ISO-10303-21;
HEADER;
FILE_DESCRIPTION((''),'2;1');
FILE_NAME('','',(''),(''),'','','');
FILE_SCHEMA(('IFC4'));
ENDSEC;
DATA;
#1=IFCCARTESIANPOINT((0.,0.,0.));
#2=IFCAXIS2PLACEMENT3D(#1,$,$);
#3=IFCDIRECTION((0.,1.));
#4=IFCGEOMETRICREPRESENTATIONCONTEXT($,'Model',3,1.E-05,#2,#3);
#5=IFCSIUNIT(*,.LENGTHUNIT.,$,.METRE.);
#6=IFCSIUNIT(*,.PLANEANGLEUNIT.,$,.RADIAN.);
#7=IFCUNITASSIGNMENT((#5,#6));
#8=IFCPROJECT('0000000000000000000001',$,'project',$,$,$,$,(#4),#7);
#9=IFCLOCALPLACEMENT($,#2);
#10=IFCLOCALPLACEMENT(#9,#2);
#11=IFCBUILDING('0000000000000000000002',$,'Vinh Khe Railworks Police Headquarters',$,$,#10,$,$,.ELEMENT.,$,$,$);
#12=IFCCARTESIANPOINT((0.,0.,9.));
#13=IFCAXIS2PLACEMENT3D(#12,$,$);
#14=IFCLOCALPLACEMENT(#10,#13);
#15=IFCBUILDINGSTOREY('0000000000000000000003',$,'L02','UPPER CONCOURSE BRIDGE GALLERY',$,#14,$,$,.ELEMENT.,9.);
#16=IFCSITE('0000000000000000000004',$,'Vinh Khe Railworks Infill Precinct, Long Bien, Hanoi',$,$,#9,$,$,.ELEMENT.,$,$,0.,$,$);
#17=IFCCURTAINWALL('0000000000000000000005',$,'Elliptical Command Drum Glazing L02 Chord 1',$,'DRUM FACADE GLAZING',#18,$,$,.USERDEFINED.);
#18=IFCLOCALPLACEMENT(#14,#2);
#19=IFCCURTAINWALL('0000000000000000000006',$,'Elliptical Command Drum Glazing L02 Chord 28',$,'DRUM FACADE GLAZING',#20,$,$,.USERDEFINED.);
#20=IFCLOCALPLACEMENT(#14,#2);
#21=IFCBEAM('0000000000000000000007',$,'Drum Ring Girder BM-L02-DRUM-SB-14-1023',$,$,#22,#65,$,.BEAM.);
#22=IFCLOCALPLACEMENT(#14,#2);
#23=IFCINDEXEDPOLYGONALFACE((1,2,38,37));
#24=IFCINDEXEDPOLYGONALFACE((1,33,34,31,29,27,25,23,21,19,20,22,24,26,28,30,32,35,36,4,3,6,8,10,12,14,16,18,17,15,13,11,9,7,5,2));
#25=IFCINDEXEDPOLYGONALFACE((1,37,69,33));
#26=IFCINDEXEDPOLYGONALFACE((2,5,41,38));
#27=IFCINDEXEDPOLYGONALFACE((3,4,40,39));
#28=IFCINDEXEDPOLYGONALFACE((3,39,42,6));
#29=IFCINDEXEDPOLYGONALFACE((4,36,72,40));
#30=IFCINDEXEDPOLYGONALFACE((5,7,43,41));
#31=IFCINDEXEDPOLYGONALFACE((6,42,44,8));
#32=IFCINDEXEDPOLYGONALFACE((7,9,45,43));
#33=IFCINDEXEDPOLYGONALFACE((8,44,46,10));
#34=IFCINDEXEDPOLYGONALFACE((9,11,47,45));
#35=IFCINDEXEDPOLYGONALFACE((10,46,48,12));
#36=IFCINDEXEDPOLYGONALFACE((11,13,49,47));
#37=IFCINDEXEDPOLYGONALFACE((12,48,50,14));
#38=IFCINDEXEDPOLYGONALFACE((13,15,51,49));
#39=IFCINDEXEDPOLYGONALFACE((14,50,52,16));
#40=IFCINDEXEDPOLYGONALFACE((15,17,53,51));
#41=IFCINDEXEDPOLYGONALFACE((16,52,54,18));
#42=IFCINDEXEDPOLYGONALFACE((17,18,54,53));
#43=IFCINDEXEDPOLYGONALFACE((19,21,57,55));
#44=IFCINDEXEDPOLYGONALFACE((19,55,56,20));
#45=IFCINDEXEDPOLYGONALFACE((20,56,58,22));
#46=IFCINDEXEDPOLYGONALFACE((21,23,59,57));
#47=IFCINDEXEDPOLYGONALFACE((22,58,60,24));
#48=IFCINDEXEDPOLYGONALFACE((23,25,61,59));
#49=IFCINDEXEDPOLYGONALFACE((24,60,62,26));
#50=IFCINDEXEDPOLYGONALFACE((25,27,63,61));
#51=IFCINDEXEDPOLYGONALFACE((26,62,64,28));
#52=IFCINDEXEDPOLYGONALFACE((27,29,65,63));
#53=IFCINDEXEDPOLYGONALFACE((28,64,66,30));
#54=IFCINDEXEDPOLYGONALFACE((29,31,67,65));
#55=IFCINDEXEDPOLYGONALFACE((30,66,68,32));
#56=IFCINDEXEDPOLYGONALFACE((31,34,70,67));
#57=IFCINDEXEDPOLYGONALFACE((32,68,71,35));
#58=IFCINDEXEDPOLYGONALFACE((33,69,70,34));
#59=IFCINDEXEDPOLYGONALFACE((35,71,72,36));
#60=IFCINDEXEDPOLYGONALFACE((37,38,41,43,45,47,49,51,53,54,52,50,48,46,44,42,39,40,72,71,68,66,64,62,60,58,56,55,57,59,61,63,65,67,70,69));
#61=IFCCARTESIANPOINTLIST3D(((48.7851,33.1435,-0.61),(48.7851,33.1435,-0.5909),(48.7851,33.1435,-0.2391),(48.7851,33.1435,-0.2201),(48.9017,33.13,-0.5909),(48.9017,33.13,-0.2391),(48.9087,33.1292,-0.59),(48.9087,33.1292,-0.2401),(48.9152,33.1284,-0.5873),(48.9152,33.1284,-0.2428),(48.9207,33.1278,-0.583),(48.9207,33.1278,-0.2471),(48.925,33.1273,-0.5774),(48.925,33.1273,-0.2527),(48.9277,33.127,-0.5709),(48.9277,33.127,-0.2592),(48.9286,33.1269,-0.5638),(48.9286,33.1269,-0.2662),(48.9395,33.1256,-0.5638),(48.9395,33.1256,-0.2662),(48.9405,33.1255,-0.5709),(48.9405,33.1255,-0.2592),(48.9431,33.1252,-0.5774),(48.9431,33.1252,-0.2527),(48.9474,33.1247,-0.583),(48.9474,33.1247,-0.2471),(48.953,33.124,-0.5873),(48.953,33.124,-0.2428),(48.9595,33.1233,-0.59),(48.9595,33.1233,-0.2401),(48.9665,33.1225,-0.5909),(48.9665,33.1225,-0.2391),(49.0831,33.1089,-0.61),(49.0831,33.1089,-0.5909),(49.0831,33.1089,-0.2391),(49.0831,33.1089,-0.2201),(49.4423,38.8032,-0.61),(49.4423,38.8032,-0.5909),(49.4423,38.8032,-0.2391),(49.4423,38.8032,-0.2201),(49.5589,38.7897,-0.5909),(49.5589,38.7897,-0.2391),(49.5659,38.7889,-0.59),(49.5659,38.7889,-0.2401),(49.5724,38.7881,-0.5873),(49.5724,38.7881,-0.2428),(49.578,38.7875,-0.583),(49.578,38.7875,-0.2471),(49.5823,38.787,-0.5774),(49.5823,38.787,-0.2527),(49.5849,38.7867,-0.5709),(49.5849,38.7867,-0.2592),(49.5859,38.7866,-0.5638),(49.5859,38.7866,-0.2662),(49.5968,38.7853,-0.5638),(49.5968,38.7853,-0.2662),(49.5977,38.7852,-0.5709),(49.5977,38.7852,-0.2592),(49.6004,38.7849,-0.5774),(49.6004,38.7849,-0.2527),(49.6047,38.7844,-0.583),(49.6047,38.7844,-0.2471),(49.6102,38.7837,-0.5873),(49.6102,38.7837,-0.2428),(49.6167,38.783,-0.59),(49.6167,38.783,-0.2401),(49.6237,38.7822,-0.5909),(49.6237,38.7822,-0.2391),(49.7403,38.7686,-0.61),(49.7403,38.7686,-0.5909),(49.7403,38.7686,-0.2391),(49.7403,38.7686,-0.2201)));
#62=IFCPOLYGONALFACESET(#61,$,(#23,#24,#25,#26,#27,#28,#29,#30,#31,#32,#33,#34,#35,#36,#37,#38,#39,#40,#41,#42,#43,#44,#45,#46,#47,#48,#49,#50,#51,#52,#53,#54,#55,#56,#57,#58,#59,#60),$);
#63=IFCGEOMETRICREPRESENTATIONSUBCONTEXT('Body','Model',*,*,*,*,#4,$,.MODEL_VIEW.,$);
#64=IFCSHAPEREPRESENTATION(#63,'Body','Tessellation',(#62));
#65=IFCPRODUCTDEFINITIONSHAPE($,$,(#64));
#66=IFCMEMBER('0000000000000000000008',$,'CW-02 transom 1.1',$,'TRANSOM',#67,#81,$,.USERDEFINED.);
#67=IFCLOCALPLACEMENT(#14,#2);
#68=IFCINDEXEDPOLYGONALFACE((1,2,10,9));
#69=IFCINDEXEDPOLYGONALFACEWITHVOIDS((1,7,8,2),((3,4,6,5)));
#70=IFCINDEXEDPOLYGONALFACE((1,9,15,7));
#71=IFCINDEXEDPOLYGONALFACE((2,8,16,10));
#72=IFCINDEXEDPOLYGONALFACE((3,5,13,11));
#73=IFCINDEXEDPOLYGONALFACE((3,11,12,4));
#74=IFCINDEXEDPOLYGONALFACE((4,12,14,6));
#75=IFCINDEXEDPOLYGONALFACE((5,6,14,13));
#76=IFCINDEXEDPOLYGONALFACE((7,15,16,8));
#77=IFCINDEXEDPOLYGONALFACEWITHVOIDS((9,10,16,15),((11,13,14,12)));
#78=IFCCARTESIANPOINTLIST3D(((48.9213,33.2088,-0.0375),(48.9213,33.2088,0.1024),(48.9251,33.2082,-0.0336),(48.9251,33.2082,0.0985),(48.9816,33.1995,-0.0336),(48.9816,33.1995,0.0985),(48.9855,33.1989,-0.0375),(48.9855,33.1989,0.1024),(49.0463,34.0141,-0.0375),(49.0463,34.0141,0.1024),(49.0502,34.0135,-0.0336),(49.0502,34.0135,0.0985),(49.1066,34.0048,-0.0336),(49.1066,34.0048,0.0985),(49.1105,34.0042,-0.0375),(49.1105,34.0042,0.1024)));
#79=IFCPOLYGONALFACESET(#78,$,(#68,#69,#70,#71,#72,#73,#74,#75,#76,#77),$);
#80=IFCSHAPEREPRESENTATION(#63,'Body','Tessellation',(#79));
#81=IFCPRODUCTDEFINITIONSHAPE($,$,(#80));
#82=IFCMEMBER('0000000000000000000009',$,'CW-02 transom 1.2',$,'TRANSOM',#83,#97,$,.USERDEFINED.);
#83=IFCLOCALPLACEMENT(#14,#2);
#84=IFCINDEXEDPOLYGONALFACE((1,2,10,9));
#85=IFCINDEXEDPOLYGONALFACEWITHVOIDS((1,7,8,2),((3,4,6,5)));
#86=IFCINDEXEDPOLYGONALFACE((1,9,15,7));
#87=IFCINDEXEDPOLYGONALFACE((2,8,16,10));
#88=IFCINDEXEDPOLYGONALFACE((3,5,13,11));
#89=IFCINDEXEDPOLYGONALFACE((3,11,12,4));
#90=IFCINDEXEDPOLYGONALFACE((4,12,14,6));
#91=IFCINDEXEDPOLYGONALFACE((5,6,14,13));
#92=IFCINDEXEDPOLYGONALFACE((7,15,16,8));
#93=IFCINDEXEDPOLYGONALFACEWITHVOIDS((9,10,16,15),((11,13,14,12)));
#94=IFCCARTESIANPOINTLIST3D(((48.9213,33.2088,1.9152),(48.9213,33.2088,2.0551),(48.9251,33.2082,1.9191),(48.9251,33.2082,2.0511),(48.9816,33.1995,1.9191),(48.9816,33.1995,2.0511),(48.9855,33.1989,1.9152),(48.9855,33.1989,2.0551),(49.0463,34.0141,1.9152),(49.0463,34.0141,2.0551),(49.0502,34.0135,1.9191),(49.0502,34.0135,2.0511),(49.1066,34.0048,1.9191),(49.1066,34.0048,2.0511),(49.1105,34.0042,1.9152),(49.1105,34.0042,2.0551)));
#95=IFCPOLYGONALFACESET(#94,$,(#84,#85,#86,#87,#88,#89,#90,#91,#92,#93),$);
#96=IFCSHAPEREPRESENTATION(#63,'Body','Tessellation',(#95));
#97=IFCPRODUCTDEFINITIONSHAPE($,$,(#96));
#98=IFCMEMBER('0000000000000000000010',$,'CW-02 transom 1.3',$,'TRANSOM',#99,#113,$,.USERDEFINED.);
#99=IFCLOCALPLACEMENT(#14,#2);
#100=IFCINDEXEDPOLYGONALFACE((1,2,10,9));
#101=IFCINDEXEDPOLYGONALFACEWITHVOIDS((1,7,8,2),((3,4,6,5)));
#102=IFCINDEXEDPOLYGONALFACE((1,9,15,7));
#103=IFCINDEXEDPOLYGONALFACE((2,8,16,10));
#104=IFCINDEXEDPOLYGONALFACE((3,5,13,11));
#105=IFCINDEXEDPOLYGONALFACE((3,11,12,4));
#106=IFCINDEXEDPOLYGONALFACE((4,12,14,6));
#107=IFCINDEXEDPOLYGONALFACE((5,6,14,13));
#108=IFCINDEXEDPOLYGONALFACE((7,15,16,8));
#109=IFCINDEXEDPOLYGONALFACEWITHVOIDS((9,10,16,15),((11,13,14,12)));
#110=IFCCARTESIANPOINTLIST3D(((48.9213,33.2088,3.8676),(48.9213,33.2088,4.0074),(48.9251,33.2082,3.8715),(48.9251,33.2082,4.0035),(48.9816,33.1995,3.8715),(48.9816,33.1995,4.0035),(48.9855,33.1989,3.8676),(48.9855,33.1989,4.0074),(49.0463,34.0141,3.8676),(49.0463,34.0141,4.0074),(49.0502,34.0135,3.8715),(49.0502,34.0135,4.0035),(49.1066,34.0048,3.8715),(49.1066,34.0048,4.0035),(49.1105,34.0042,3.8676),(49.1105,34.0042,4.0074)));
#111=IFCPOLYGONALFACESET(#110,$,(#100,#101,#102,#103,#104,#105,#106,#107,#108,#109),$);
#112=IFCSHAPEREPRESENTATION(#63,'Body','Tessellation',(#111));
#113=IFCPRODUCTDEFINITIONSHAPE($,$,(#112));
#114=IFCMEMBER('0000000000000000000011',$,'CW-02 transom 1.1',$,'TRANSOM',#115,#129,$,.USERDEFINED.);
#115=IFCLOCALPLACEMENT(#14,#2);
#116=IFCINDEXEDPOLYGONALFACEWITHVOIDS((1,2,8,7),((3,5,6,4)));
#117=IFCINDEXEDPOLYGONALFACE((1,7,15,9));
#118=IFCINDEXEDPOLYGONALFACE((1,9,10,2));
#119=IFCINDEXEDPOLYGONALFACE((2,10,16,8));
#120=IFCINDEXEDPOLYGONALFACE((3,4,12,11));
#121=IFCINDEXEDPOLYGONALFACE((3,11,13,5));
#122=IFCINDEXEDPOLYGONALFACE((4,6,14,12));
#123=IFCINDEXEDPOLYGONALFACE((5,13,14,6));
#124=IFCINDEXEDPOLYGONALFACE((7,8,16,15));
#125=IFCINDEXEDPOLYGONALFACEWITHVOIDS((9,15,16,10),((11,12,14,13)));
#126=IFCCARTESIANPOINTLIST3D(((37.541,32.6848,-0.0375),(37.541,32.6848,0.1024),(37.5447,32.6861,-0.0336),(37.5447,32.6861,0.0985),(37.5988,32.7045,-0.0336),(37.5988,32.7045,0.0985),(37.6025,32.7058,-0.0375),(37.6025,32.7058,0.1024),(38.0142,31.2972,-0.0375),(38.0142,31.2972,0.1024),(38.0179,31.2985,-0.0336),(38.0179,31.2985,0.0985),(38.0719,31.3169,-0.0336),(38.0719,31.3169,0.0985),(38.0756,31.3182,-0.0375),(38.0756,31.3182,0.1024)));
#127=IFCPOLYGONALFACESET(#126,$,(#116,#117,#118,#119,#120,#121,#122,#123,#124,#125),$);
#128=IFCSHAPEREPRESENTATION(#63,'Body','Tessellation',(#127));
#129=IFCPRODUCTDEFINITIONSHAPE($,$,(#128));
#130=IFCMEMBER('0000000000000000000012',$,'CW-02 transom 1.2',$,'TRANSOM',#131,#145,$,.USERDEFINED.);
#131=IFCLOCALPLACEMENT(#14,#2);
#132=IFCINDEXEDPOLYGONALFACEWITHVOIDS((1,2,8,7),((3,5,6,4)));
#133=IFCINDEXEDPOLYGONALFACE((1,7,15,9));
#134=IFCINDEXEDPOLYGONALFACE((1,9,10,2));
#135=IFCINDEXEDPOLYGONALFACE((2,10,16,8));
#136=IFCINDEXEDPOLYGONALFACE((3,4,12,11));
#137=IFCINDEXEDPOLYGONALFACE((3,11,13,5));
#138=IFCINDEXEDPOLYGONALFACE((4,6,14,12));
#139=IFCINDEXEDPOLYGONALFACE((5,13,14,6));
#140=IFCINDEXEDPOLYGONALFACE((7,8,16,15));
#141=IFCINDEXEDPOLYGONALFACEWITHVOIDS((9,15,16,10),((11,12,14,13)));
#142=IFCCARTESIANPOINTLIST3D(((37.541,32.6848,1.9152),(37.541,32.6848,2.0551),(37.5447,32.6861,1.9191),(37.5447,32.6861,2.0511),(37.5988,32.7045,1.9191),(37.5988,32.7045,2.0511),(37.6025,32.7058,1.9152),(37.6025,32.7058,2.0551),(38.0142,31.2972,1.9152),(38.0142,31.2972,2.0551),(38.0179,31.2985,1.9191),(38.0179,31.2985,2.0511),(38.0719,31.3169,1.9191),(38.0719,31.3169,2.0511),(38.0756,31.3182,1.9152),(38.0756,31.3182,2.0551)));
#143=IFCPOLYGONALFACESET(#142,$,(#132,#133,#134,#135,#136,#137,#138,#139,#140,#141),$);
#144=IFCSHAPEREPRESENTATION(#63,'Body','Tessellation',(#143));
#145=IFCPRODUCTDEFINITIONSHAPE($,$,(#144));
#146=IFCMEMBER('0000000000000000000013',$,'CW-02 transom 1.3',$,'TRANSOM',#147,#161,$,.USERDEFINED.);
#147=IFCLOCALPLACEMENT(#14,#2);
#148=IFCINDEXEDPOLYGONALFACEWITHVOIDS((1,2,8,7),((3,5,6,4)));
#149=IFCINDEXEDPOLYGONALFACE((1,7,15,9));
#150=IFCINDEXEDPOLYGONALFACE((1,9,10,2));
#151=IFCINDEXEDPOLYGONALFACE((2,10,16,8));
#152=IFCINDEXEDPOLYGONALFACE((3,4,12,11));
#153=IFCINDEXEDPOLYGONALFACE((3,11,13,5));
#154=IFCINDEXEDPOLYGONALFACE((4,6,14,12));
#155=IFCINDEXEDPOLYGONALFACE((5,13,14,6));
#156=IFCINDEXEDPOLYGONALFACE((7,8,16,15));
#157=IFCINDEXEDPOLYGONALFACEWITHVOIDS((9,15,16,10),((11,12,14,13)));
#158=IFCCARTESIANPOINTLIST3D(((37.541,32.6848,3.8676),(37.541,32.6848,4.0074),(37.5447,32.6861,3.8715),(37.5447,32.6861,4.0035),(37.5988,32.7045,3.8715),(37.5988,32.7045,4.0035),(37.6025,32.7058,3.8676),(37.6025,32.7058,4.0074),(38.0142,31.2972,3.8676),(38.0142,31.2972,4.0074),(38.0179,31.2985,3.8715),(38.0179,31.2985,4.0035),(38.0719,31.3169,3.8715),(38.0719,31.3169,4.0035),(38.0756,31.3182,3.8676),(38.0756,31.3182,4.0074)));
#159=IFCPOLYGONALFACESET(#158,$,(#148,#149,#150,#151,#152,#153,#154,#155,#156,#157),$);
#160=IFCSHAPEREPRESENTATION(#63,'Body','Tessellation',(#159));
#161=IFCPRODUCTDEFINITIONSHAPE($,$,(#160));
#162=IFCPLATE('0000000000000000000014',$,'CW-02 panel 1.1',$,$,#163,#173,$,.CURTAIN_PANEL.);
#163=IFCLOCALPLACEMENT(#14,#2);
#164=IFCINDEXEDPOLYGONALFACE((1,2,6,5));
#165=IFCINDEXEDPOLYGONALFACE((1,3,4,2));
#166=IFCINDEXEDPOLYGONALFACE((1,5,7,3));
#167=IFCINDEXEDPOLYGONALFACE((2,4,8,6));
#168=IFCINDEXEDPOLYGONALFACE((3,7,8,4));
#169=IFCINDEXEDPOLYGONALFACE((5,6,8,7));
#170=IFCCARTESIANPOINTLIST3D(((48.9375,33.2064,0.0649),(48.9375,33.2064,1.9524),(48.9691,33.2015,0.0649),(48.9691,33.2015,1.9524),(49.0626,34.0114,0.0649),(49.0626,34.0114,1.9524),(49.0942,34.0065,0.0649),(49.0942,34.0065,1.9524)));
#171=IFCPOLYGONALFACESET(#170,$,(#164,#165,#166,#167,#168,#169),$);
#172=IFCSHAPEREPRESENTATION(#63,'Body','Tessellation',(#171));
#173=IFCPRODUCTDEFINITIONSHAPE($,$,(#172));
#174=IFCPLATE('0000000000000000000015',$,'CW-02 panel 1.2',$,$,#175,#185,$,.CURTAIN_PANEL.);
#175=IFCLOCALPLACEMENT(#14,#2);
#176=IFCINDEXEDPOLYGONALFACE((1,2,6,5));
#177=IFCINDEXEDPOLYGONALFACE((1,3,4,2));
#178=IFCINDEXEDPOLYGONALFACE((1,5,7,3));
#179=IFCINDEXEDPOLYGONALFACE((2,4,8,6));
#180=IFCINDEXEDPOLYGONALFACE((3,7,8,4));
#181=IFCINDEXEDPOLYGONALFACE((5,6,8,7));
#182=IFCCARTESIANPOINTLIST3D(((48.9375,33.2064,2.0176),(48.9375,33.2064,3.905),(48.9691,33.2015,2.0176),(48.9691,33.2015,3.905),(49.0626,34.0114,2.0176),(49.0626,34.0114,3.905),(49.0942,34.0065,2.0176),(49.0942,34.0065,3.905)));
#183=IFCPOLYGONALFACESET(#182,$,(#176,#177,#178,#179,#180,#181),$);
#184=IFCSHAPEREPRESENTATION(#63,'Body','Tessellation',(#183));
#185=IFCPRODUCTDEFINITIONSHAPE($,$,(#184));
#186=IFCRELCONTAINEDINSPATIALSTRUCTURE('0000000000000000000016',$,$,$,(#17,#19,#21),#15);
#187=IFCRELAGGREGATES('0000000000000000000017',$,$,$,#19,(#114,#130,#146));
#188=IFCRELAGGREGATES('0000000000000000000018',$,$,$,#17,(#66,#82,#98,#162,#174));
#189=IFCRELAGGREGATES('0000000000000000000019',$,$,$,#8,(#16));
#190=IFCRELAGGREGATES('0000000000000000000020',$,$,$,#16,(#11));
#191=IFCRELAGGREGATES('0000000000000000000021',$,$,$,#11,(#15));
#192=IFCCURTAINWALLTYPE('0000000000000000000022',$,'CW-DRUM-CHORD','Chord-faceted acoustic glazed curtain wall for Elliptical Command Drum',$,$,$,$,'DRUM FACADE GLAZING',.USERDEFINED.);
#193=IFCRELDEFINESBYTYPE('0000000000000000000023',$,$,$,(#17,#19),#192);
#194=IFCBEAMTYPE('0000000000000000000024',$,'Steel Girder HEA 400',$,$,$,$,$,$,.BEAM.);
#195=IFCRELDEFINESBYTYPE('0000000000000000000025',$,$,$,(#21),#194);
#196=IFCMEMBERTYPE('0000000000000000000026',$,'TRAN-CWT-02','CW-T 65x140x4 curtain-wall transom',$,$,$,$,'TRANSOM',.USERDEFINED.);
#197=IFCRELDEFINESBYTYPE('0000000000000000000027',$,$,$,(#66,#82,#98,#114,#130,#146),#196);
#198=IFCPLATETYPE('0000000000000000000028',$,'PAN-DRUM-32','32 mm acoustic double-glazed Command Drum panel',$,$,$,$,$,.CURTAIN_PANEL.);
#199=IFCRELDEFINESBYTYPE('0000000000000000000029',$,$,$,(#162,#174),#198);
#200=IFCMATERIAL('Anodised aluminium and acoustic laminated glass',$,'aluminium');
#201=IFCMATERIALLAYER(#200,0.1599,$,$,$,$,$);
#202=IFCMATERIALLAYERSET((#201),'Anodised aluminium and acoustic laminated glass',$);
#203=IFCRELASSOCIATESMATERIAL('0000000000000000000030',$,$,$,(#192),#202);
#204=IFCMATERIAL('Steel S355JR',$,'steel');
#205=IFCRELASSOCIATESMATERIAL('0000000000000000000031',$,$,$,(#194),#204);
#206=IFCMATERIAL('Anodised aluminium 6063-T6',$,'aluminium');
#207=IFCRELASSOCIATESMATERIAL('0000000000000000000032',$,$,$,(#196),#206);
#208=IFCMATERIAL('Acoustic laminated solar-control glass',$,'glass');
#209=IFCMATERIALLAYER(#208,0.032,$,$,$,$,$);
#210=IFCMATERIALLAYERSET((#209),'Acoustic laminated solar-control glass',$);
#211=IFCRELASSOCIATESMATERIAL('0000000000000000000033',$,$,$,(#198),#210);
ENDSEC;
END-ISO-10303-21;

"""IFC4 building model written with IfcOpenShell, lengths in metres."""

from ifc_helpers import new_model, si_unit, direction, frame, origin, origin_2d, place, context, subcontext, project, spatial, rectangle, hollow_rectangle, i_section, extrude, material, layer, layer_set, material_profile, profile_set, type_object, element, aggregate, save


model = new_model("IFC4")

# Units and contexts
model_context = context("Model", 3, precision=1e-05, world=origin(), true_north=direction((0.0, 1.0)))
body_context = subcontext(model_context, "Body", "Model", "MODEL_VIEW")
ifc_project = project(units=[si_unit("LENGTHUNIT", "METRE"), si_unit("PLANEANGLEUNIT", "RADIAN")], contexts=[model_context])

# Site, building, storey
site_placement = place(None, origin())
site = spatial("IfcSite", under=ifc_project, at=site_placement, Name="Vinh Khe Railworks Infill Precinct, Long Bien, Hanoi", CompositionType="ELEMENT", RefElevation=0.0)
building_placement = place(site_placement, origin())
building = spatial("IfcBuilding", under=site, at=building_placement, Name="Vinh Khe Railworks Police Headquarters", CompositionType="ELEMENT")
storey_placement = place(building_placement, frame((0.0, 0.0, 9.0)))
storey = spatial("IfcBuildingStorey", under=building, at=storey_placement, Name="L02", Description="UPPER CONCOURSE BRIDGE GALLERY", CompositionType="ELEMENT", Elevation=9.0)

# Shared definitions
ifc_material_1 = material(Name="Steel S355JR", Category="steel")

# Curtain walls
ifc_material_2 = material(Name="Anodised aluminium and acoustic laminated glass", Category="aluminium")
ifc_layer_1 = layer(ifc_material_2, 0.1599)
ifc_layer_set_1 = layer_set([ifc_layer_1], Name="Anodised aluminium and acoustic laminated glass")
curtain_wall_type = type_object("IfcCurtainWallType", Name="CW-DRUM-CHORD", Description="Chord-faceted acoustic glazed curtain wall for Elliptical Command Drum", ElementType="DRUM FACADE GLAZING", PredefinedType="USERDEFINED", material=ifc_layer_set_1)
curtain_wall_1_placement = place(storey_placement, origin())
curtain_wall_1 = element("IfcCurtainWall", 1, at=curtain_wall_1_placement, inside=storey, type_object=curtain_wall_type, Name="Elliptical Command Drum Glazing L02 Chord 1", ObjectType="DRUM FACADE GLAZING", PredefinedType="USERDEFINED")
ifc_material_3 = material(Name="Anodised aluminium 6063-T6", Category="aluminium")
curtain_wall_2_placement = place(storey_placement, origin())
curtain_wall_2 = element("IfcCurtainWall", 2, at=curtain_wall_2_placement, inside=storey, type_object=curtain_wall_type, Name="Elliptical Command Drum Glazing L02 Chord 28", ObjectType="DRUM FACADE GLAZING", PredefinedType="USERDEFINED")

# Beam
ifc_material_profile_1 = material_profile(ifc_material_1, i_section(OverallWidth=0.3, OverallDepth=0.3899, WebThickness=0.011, FlangeThickness=0.019, FilletRadius=0.0271, at=origin_2d()), Name="HEA 400")
ifc_profile_set_1 = profile_set([ifc_material_profile_1], Name="Steel S355JR")
beam_type = type_object("IfcBeamType", Name="Steel Girder HEA 400", PredefinedType="BEAM", material=ifc_profile_set_1)
beam_1_placement = place(storey_placement, frame((48.9341, 33.1262, -0.415), z_axis=(0.115349, 0.993325, 0.0), x_axis=(-0.993325, 0.115349, 0.0)))
element("IfcBeam", 3, at=beam_1_placement, inside=storey, type_object=beam_type, Name="Drum Ring Girder BM-L02-DRUM-SB-14-1023", PredefinedType="BEAM", context=body_context, shape_type="SweptSolid", body=[
    extrude(i_section(OverallWidth=0.3, OverallDepth=0.3899, WebThickness=0.011, FlangeThickness=0.019, FilletRadius=0.0271, at=origin_2d()), origin(), (0.0, 0.0, 1.0), 5.6978),
])

# Members
ifc_material_profile_2 = material_profile(ifc_material_3, hollow_rectangle(XDim=0.0649, YDim=0.1399, WallThickness=0.0039, at=origin_2d()), Name="CW-T 65x140x4")
ifc_profile_set_2 = profile_set([ifc_material_profile_2], Name="Anodised aluminium 6063-T6")
member_type_1 = type_object("IfcMemberType", Name="TRAN-CWT-02", Description="CW-T 65x140x4 curtain-wall transom", ElementType="TRANSOM", PredefinedType="USERDEFINED", material=ifc_profile_set_2)
member_1_placement = place(storey_placement, frame((48.9534, 33.2039, 0.0325), z_axis=(0.153408, 0.988163, 0.0), x_axis=(-0.988163, 0.153408, 0.0)))
member_1 = element("IfcMember", 4, at=member_1_placement, type_object=member_type_1, Name="CW-02 transom 1.1", ObjectType="TRANSOM", PredefinedType="USERDEFINED", context=body_context, shape_type="SweptSolid", body=[
    extrude(hollow_rectangle(XDim=0.0649, YDim=0.1399, WallThickness=0.0039, at=origin_2d()), origin(), (0.0, 0.0, 1.0), 0.8149),
])
member_2_placement = place(storey_placement, frame((48.9534, 33.2039, 1.9851), z_axis=(0.153408, 0.988163, 0.0), x_axis=(-0.988163, 0.153408, 0.0)))
member_2 = element("IfcMember", 5, at=member_2_placement, type_object=member_type_1, Name="CW-02 transom 1.2", ObjectType="TRANSOM", PredefinedType="USERDEFINED", context=body_context, shape_type="SweptSolid", body=[
    extrude(hollow_rectangle(XDim=0.0649, YDim=0.1399, WallThickness=0.0039, at=origin_2d()), origin(), (0.0, 0.0, 1.0), 0.8149),
])
member_3_placement = place(storey_placement, frame((48.9534, 33.2039, 3.9375), z_axis=(0.153408, 0.988163, 0.0), x_axis=(-0.988163, 0.153408, 0.0)))
member_3 = element("IfcMember", 6, at=member_3_placement, type_object=member_type_1, Name="CW-02 transom 1.3", ObjectType="TRANSOM", PredefinedType="USERDEFINED", context=body_context, shape_type="SweptSolid", body=[
    extrude(hollow_rectangle(XDim=0.0649, YDim=0.1399, WallThickness=0.0039, at=origin_2d()), origin(), (0.0, 0.0, 1.0), 0.8149),
])
member_4_placement = place(storey_placement, frame((37.5718, 32.6953, 0.0325), z_axis=(0.322715, -0.946496, 0.0), x_axis=(0.946496, 0.322715, 0.0)))
member_4 = element("IfcMember", 7, at=member_4_placement, type_object=member_type_1, Name="CW-02 transom 1.1", ObjectType="TRANSOM", PredefinedType="USERDEFINED", context=body_context, shape_type="SweptSolid", body=[
    extrude(hollow_rectangle(XDim=0.0649, YDim=0.1399, WallThickness=0.0039, at=origin_2d()), origin(), (0.0, 0.0, 1.0), 1.4661),
])
member_5_placement = place(storey_placement, frame((37.5718, 32.6953, 1.9851), z_axis=(0.322715, -0.946496, 0.0), x_axis=(0.946496, 0.322715, 0.0)))
member_5 = element("IfcMember", 8, at=member_5_placement, type_object=member_type_1, Name="CW-02 transom 1.2", ObjectType="TRANSOM", PredefinedType="USERDEFINED", context=body_context, shape_type="SweptSolid", body=[
    extrude(hollow_rectangle(XDim=0.0649, YDim=0.1399, WallThickness=0.0039, at=origin_2d()), origin(), (0.0, 0.0, 1.0), 1.4661),
])
member_6_placement = place(storey_placement, frame((37.5718, 32.6953, 3.9375), z_axis=(0.322715, -0.946496, 0.0), x_axis=(0.946496, 0.322715, 0.0)))
member_6 = element("IfcMember", 9, at=member_6_placement, type_object=member_type_1, Name="CW-02 transom 1.3", ObjectType="TRANSOM", PredefinedType="USERDEFINED", context=body_context, shape_type="SweptSolid", body=[
    extrude(hollow_rectangle(XDim=0.0649, YDim=0.1399, WallThickness=0.0039, at=origin_2d()), origin(), (0.0, 0.0, 1.0), 1.4661),
])
aggregate(curtain_wall_2, [member_4, member_5, member_6])

# Plates
ifc_material_4 = material(Name="Acoustic laminated solar-control glass", Category="glass")
ifc_layer_2 = layer(ifc_material_4, 0.032)
ifc_layer_set_2 = layer_set([ifc_layer_2], Name="Acoustic laminated solar-control glass")
plate_type_1 = type_object("IfcPlateType", Name="PAN-DRUM-32", Description="32 mm acoustic double-glazed Command Drum panel", PredefinedType="CURTAIN_PANEL", material=ifc_layer_set_2)
plate_1_placement = place(storey_placement, frame((49.0159, 33.6064, 0.0649), z_axis=(0.0, 0.0, 1.0), x_axis=(0.15349, 0.98815, 0.0)))
plate_1 = element("IfcPlate", 10, at=plate_1_placement, type_object=plate_type_1, Name="CW-02 panel 1.1", PredefinedType="CURTAIN_PANEL", context=body_context, shape_type="SweptSolid", body=[
    extrude(rectangle(XDim=0.8147, YDim=0.032, at=origin_2d()), origin(), (0.0, 0.0, 1.0), 1.8875),
])
plate_2_placement = place(storey_placement, frame((49.0159, 33.6064, 2.0176), z_axis=(0.0, 0.0, 1.0), x_axis=(0.15349, 0.98815, 0.0)))
plate_2 = element("IfcPlate", 11, at=plate_2_placement, type_object=plate_type_1, Name="CW-02 panel 1.2", PredefinedType="CURTAIN_PANEL", context=body_context, shape_type="SweptSolid", body=[
    extrude(rectangle(XDim=0.8147, YDim=0.032, at=origin_2d()), origin(), (0.0, 0.0, 1.0), 1.8875),
])
aggregate(curtain_wall_1, [member_1, member_2, member_3, plate_1, plate_2])

save(model, "model.ifc")
